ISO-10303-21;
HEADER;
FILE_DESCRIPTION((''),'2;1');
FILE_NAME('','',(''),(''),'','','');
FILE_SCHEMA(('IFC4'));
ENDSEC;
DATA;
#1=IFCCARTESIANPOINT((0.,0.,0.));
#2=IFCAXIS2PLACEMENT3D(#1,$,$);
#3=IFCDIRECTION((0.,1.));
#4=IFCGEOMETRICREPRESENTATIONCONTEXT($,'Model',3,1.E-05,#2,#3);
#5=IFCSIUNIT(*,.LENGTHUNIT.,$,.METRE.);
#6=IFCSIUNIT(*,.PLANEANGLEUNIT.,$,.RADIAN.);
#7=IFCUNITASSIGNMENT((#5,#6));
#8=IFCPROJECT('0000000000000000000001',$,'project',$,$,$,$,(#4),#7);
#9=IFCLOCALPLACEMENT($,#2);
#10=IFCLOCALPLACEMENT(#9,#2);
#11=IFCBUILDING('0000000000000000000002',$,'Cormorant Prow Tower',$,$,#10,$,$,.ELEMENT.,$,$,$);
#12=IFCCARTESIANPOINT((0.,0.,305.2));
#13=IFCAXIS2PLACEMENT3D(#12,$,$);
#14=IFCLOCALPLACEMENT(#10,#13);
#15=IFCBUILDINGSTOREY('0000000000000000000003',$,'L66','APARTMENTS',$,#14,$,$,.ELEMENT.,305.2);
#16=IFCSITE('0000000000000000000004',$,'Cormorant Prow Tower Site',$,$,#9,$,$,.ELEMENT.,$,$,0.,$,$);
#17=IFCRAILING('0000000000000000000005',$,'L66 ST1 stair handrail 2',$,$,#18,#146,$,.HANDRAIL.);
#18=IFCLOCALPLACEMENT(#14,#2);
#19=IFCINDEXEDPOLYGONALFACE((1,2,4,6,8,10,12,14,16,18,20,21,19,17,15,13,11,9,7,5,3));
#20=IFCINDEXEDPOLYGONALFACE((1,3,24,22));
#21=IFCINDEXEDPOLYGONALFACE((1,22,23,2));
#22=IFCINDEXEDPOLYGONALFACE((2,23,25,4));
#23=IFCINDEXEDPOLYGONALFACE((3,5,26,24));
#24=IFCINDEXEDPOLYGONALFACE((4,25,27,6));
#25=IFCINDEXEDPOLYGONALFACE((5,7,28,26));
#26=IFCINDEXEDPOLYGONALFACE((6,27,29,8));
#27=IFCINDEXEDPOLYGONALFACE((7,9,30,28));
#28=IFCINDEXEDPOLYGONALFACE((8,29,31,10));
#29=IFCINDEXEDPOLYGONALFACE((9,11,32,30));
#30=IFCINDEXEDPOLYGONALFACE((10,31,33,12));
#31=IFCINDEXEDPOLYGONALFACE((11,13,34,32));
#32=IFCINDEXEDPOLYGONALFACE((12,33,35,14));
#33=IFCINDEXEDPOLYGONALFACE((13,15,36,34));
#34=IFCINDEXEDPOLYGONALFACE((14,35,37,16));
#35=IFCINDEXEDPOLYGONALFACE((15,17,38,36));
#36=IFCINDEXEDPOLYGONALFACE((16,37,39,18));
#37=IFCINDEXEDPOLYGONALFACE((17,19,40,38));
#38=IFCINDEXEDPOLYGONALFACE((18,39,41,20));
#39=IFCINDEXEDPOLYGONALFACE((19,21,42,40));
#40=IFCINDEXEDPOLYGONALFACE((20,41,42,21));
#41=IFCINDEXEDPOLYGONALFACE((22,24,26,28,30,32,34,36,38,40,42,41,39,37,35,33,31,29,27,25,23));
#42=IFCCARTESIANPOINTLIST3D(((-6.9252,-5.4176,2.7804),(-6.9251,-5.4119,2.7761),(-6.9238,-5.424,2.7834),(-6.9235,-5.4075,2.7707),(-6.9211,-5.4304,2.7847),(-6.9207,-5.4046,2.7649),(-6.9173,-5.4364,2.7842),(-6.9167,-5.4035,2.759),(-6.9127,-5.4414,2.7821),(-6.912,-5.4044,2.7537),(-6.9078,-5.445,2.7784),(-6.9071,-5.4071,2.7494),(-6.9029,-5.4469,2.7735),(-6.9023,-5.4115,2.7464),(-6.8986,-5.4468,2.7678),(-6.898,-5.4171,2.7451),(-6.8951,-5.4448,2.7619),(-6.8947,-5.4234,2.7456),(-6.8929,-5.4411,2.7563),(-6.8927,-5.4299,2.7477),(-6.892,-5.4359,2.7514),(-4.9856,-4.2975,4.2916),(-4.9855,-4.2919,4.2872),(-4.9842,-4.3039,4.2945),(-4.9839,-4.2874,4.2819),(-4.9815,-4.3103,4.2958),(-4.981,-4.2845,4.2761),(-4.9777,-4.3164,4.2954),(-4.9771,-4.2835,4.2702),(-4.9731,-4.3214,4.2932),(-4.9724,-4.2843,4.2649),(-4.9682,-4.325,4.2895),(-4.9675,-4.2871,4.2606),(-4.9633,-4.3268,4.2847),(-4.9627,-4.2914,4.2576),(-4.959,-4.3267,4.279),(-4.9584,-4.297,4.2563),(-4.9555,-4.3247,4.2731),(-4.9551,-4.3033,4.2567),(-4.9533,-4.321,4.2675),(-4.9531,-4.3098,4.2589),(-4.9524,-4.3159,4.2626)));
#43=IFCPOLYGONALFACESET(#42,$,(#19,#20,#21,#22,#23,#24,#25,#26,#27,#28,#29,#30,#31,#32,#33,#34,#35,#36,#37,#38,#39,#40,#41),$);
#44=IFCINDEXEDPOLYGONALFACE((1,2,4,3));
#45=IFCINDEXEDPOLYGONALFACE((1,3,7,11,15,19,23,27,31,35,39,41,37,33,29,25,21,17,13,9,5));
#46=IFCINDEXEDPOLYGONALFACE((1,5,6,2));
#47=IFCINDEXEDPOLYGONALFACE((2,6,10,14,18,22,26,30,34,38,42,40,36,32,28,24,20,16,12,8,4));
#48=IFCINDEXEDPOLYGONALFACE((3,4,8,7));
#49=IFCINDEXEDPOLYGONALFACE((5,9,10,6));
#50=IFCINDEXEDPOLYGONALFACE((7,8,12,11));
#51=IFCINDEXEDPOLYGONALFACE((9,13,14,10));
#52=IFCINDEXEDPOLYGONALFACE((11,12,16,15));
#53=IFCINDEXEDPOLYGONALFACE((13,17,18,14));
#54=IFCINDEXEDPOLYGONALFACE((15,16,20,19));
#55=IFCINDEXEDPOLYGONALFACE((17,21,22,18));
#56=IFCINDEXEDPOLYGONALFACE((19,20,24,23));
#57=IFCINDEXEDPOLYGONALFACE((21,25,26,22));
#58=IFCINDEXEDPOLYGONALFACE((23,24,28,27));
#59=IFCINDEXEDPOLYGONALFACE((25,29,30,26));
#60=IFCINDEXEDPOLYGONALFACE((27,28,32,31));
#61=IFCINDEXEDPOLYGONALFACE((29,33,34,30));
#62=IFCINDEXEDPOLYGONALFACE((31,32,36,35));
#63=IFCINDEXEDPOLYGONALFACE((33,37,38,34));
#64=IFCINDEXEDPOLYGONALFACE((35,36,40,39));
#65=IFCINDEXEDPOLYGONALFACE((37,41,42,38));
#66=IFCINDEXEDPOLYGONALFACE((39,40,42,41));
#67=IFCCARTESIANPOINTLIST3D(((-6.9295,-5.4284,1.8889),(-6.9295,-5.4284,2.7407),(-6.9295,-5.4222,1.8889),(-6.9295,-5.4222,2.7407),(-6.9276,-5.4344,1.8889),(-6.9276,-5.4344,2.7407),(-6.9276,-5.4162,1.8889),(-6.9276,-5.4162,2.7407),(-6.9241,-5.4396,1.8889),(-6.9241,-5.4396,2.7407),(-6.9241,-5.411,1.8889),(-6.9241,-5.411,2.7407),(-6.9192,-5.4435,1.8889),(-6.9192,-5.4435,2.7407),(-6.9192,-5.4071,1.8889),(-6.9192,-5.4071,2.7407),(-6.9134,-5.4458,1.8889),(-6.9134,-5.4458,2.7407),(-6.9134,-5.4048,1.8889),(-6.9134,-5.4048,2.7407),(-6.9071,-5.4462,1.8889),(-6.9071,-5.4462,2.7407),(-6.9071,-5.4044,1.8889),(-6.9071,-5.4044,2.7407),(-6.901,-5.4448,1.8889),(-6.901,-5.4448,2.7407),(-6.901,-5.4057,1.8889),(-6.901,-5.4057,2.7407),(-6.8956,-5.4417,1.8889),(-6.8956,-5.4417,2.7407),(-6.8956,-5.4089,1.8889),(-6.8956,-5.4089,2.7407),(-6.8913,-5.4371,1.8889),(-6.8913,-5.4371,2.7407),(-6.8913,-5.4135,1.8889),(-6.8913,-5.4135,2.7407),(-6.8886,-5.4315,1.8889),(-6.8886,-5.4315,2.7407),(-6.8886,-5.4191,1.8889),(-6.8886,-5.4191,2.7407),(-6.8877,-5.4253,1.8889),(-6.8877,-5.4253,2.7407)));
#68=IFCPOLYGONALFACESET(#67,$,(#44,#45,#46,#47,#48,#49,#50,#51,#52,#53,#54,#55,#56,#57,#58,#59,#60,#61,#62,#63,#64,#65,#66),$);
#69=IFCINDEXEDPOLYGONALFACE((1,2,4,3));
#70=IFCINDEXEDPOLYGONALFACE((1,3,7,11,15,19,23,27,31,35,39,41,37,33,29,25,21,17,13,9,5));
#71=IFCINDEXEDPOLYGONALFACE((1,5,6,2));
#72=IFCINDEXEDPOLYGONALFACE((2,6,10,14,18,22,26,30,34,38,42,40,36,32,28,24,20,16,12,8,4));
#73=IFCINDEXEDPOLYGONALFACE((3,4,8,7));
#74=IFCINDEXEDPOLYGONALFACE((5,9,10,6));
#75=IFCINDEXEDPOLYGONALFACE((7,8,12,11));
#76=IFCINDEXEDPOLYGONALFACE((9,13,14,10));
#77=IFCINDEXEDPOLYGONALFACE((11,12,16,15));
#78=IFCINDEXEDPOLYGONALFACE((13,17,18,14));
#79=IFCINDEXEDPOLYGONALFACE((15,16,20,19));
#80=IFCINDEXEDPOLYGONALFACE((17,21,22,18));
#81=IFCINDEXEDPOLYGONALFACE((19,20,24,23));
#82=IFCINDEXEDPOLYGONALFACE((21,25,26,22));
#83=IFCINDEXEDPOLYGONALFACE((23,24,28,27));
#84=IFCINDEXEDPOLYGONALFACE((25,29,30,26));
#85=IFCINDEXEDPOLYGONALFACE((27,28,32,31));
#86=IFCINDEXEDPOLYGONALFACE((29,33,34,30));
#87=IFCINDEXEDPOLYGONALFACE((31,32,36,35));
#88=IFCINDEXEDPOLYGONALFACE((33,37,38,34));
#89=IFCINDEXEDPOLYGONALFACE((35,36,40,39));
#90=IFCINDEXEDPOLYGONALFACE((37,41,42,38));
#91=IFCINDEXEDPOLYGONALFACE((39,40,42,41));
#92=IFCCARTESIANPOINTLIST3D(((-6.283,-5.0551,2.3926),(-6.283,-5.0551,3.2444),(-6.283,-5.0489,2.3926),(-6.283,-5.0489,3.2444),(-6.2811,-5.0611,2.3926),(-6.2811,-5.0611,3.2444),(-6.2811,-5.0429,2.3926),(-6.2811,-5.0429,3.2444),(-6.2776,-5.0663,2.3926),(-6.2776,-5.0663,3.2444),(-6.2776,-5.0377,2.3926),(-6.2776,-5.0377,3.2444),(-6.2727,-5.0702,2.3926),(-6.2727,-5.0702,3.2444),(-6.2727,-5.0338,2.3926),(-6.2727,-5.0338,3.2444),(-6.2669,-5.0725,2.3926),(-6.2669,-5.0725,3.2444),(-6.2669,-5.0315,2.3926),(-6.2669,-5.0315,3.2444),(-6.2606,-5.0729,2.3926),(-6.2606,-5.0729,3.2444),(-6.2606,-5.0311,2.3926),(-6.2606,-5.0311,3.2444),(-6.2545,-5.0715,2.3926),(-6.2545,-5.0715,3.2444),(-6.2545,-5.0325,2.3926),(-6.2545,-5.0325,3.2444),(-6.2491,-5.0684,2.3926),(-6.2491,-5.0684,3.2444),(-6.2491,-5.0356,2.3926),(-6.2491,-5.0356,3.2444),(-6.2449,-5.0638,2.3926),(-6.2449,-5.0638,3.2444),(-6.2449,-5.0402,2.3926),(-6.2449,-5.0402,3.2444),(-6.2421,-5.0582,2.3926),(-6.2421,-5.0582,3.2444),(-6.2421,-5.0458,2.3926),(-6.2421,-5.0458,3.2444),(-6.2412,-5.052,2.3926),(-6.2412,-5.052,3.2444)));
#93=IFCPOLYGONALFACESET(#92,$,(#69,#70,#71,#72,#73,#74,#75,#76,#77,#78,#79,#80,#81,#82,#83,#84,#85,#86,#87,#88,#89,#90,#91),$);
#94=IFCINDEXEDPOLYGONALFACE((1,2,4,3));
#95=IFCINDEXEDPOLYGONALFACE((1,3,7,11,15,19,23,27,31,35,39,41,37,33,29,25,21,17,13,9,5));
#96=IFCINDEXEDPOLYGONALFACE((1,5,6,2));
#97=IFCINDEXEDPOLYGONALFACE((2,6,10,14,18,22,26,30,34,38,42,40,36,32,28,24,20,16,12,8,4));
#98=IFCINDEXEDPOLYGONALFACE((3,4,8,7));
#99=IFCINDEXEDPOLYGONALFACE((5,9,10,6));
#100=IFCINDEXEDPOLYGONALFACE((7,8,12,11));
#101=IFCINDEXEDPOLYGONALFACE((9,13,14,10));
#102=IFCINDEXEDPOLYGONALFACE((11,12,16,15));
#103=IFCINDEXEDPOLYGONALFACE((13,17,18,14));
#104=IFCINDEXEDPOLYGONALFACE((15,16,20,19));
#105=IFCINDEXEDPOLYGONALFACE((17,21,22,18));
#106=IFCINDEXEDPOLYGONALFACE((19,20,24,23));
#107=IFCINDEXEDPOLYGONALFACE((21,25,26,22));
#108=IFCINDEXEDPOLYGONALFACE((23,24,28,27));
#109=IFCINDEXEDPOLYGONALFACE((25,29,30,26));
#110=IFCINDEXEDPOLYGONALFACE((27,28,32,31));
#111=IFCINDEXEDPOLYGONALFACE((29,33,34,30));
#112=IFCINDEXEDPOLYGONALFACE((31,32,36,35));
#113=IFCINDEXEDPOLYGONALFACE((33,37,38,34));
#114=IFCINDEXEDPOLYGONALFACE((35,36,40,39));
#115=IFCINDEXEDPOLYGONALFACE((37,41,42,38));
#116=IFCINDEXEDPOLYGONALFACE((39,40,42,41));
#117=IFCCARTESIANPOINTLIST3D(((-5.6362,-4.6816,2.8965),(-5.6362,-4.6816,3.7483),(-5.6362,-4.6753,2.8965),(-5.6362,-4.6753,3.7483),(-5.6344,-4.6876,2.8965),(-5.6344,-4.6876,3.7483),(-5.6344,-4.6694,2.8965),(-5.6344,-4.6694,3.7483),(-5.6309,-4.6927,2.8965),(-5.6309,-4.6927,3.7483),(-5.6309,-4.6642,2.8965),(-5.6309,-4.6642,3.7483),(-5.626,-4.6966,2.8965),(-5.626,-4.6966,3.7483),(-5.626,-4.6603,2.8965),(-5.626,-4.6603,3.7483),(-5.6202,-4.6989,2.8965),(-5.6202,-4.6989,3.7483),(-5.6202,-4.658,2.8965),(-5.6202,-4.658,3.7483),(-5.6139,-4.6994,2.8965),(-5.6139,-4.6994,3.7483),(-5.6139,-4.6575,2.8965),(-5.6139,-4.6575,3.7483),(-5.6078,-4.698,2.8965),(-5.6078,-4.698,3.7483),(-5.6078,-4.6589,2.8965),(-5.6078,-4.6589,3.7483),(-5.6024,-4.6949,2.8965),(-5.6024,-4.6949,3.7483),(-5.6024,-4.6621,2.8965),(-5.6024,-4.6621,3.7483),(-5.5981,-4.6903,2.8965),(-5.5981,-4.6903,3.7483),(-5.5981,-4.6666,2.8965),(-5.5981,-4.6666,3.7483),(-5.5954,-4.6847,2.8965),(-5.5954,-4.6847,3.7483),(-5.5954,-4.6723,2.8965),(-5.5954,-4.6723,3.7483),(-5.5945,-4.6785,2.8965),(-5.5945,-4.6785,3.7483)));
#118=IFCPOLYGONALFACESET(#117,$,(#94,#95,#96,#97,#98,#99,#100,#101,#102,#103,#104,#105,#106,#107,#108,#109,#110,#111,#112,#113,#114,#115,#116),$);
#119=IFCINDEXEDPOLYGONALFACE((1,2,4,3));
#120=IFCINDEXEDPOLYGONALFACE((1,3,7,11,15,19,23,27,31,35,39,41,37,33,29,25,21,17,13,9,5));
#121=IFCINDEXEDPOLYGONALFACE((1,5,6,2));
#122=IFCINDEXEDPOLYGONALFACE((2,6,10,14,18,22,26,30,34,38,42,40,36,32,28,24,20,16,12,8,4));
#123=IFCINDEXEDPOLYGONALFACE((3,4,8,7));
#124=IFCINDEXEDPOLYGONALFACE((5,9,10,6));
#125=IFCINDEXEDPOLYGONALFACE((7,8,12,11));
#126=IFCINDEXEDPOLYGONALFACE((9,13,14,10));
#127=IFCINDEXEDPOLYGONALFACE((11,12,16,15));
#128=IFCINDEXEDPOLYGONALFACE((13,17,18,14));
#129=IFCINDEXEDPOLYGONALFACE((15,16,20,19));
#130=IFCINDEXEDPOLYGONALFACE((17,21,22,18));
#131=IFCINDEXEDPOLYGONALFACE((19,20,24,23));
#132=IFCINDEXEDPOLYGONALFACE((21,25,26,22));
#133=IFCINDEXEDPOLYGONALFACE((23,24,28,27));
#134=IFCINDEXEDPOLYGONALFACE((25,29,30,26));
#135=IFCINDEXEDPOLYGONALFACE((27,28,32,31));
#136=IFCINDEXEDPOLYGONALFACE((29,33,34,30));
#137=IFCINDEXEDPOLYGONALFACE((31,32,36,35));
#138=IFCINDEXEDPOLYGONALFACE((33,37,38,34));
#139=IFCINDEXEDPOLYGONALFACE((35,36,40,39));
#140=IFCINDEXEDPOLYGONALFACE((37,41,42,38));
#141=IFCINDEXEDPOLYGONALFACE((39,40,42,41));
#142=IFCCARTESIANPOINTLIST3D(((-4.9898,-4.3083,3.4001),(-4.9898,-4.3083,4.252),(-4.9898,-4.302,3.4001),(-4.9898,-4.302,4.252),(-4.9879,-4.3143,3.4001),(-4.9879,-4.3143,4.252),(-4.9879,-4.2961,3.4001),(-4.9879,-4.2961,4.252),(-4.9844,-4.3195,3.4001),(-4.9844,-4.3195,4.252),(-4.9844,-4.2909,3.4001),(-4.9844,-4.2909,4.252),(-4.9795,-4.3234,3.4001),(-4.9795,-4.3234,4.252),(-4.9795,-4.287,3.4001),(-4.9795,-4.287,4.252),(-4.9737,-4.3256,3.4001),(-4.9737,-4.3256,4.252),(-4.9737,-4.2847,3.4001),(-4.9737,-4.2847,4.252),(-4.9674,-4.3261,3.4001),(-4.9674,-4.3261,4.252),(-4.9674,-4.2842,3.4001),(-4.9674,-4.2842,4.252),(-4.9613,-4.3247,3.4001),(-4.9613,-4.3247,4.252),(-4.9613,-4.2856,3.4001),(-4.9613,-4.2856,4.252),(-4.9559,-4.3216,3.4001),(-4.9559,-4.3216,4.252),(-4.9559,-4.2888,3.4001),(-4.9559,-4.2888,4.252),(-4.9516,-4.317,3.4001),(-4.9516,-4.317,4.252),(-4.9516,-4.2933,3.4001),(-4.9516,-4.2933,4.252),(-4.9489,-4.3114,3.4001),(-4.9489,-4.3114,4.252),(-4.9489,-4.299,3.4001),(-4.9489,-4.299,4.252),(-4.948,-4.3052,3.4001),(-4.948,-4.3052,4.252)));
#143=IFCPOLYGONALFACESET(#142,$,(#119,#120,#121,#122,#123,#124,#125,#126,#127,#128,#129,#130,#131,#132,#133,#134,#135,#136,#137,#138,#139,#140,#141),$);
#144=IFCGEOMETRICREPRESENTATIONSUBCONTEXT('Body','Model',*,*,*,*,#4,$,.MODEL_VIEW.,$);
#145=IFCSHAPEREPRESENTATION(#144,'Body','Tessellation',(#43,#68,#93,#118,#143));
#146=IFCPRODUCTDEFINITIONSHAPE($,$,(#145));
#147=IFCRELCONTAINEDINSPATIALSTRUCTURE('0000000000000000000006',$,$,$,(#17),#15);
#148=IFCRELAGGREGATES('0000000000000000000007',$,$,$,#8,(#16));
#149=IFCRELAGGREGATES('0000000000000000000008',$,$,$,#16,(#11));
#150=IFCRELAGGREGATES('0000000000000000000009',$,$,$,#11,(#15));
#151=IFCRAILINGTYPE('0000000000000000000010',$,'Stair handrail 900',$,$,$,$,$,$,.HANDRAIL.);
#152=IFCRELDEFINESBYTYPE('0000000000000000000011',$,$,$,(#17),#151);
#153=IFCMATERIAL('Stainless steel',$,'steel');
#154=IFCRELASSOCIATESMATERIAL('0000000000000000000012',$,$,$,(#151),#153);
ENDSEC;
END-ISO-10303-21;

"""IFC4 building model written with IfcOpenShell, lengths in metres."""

from ifc_helpers import new_model, si_unit, direction, frame, origin, origin_2d, place, context, subcontext, project, spatial, circle, extrude, material, type_object, element, save


model = new_model("IFC4")

# Units and contexts
model_context = context("Model", 3, precision=1e-05, world=origin(), true_north=direction((0.0, 1.0)))
body_context = subcontext(model_context, "Body", "Model", "MODEL_VIEW")
ifc_project = project(units=[si_unit("LENGTHUNIT", "METRE"), si_unit("PLANEANGLEUNIT", "RADIAN")], contexts=[model_context])

# Site, building, storey
site_placement = place(None, origin())
site = spatial("IfcSite", under=ifc_project, at=site_placement, Name="Cormorant Prow Tower Site", CompositionType="ELEMENT", RefElevation=0.0)
building_placement = place(site_placement, origin())
building = spatial("IfcBuilding", under=site, at=building_placement, Name="Cormorant Prow Tower", CompositionType="ELEMENT")
storey_placement = place(building_placement, frame((0.0, 0.0, 305.2)))
storey = spatial("IfcBuildingStorey", under=building, at=storey_placement, Name="L66", Description="APARTMENTS", CompositionType="ELEMENT", Elevation=305.2)

# Railing
ifc_material_1 = material(Name="Stainless steel", Category="steel")
railing_type_1 = type_object("IfcRailingType", Name="Stair handrail 900", PredefinedType="HANDRAIL", material=ifc_material_1)
railing_1_placement = place(storey_placement, frame((-6.9087, -5.4253, 1.8889)))
element("IfcRailing", 1, at=railing_1_placement, inside=storey, type_object=railing_type_1, Name="L66 ST1 stair handrail 2", PredefinedType="HANDRAIL", context=body_context, shape_type="SweptSolid", body=[
    extrude(circle(Radius=0.0239, at=origin_2d()), frame((0.0, 0.0, 0.876), z_axis=(0.71787, 0.414548, 0.559297), x_axis=(-0.500078, 0.86598, 0.0)), (0.0, 0.0, 1.0), 2.7019),
    extrude(circle(Radius=0.021, at=origin_2d()), origin(), (0.0, 0.0, 1.0), 0.8518),
    extrude(circle(Radius=0.021, at=origin_2d()), frame((0.6465, 0.3733, 0.5037)), (0.0, 0.0, 1.0), 0.8518),
    extrude(circle(Radius=0.021, at=origin_2d()), frame((1.2932, 0.7468, 1.0076)), (0.0, 0.0, 1.0), 0.8518),
    extrude(circle(Radius=0.021, at=origin_2d()), frame((1.9397, 1.1201, 1.5112)), (0.0, 0.0, 1.0), 0.8518),
])

save(model, "model.ifc")
